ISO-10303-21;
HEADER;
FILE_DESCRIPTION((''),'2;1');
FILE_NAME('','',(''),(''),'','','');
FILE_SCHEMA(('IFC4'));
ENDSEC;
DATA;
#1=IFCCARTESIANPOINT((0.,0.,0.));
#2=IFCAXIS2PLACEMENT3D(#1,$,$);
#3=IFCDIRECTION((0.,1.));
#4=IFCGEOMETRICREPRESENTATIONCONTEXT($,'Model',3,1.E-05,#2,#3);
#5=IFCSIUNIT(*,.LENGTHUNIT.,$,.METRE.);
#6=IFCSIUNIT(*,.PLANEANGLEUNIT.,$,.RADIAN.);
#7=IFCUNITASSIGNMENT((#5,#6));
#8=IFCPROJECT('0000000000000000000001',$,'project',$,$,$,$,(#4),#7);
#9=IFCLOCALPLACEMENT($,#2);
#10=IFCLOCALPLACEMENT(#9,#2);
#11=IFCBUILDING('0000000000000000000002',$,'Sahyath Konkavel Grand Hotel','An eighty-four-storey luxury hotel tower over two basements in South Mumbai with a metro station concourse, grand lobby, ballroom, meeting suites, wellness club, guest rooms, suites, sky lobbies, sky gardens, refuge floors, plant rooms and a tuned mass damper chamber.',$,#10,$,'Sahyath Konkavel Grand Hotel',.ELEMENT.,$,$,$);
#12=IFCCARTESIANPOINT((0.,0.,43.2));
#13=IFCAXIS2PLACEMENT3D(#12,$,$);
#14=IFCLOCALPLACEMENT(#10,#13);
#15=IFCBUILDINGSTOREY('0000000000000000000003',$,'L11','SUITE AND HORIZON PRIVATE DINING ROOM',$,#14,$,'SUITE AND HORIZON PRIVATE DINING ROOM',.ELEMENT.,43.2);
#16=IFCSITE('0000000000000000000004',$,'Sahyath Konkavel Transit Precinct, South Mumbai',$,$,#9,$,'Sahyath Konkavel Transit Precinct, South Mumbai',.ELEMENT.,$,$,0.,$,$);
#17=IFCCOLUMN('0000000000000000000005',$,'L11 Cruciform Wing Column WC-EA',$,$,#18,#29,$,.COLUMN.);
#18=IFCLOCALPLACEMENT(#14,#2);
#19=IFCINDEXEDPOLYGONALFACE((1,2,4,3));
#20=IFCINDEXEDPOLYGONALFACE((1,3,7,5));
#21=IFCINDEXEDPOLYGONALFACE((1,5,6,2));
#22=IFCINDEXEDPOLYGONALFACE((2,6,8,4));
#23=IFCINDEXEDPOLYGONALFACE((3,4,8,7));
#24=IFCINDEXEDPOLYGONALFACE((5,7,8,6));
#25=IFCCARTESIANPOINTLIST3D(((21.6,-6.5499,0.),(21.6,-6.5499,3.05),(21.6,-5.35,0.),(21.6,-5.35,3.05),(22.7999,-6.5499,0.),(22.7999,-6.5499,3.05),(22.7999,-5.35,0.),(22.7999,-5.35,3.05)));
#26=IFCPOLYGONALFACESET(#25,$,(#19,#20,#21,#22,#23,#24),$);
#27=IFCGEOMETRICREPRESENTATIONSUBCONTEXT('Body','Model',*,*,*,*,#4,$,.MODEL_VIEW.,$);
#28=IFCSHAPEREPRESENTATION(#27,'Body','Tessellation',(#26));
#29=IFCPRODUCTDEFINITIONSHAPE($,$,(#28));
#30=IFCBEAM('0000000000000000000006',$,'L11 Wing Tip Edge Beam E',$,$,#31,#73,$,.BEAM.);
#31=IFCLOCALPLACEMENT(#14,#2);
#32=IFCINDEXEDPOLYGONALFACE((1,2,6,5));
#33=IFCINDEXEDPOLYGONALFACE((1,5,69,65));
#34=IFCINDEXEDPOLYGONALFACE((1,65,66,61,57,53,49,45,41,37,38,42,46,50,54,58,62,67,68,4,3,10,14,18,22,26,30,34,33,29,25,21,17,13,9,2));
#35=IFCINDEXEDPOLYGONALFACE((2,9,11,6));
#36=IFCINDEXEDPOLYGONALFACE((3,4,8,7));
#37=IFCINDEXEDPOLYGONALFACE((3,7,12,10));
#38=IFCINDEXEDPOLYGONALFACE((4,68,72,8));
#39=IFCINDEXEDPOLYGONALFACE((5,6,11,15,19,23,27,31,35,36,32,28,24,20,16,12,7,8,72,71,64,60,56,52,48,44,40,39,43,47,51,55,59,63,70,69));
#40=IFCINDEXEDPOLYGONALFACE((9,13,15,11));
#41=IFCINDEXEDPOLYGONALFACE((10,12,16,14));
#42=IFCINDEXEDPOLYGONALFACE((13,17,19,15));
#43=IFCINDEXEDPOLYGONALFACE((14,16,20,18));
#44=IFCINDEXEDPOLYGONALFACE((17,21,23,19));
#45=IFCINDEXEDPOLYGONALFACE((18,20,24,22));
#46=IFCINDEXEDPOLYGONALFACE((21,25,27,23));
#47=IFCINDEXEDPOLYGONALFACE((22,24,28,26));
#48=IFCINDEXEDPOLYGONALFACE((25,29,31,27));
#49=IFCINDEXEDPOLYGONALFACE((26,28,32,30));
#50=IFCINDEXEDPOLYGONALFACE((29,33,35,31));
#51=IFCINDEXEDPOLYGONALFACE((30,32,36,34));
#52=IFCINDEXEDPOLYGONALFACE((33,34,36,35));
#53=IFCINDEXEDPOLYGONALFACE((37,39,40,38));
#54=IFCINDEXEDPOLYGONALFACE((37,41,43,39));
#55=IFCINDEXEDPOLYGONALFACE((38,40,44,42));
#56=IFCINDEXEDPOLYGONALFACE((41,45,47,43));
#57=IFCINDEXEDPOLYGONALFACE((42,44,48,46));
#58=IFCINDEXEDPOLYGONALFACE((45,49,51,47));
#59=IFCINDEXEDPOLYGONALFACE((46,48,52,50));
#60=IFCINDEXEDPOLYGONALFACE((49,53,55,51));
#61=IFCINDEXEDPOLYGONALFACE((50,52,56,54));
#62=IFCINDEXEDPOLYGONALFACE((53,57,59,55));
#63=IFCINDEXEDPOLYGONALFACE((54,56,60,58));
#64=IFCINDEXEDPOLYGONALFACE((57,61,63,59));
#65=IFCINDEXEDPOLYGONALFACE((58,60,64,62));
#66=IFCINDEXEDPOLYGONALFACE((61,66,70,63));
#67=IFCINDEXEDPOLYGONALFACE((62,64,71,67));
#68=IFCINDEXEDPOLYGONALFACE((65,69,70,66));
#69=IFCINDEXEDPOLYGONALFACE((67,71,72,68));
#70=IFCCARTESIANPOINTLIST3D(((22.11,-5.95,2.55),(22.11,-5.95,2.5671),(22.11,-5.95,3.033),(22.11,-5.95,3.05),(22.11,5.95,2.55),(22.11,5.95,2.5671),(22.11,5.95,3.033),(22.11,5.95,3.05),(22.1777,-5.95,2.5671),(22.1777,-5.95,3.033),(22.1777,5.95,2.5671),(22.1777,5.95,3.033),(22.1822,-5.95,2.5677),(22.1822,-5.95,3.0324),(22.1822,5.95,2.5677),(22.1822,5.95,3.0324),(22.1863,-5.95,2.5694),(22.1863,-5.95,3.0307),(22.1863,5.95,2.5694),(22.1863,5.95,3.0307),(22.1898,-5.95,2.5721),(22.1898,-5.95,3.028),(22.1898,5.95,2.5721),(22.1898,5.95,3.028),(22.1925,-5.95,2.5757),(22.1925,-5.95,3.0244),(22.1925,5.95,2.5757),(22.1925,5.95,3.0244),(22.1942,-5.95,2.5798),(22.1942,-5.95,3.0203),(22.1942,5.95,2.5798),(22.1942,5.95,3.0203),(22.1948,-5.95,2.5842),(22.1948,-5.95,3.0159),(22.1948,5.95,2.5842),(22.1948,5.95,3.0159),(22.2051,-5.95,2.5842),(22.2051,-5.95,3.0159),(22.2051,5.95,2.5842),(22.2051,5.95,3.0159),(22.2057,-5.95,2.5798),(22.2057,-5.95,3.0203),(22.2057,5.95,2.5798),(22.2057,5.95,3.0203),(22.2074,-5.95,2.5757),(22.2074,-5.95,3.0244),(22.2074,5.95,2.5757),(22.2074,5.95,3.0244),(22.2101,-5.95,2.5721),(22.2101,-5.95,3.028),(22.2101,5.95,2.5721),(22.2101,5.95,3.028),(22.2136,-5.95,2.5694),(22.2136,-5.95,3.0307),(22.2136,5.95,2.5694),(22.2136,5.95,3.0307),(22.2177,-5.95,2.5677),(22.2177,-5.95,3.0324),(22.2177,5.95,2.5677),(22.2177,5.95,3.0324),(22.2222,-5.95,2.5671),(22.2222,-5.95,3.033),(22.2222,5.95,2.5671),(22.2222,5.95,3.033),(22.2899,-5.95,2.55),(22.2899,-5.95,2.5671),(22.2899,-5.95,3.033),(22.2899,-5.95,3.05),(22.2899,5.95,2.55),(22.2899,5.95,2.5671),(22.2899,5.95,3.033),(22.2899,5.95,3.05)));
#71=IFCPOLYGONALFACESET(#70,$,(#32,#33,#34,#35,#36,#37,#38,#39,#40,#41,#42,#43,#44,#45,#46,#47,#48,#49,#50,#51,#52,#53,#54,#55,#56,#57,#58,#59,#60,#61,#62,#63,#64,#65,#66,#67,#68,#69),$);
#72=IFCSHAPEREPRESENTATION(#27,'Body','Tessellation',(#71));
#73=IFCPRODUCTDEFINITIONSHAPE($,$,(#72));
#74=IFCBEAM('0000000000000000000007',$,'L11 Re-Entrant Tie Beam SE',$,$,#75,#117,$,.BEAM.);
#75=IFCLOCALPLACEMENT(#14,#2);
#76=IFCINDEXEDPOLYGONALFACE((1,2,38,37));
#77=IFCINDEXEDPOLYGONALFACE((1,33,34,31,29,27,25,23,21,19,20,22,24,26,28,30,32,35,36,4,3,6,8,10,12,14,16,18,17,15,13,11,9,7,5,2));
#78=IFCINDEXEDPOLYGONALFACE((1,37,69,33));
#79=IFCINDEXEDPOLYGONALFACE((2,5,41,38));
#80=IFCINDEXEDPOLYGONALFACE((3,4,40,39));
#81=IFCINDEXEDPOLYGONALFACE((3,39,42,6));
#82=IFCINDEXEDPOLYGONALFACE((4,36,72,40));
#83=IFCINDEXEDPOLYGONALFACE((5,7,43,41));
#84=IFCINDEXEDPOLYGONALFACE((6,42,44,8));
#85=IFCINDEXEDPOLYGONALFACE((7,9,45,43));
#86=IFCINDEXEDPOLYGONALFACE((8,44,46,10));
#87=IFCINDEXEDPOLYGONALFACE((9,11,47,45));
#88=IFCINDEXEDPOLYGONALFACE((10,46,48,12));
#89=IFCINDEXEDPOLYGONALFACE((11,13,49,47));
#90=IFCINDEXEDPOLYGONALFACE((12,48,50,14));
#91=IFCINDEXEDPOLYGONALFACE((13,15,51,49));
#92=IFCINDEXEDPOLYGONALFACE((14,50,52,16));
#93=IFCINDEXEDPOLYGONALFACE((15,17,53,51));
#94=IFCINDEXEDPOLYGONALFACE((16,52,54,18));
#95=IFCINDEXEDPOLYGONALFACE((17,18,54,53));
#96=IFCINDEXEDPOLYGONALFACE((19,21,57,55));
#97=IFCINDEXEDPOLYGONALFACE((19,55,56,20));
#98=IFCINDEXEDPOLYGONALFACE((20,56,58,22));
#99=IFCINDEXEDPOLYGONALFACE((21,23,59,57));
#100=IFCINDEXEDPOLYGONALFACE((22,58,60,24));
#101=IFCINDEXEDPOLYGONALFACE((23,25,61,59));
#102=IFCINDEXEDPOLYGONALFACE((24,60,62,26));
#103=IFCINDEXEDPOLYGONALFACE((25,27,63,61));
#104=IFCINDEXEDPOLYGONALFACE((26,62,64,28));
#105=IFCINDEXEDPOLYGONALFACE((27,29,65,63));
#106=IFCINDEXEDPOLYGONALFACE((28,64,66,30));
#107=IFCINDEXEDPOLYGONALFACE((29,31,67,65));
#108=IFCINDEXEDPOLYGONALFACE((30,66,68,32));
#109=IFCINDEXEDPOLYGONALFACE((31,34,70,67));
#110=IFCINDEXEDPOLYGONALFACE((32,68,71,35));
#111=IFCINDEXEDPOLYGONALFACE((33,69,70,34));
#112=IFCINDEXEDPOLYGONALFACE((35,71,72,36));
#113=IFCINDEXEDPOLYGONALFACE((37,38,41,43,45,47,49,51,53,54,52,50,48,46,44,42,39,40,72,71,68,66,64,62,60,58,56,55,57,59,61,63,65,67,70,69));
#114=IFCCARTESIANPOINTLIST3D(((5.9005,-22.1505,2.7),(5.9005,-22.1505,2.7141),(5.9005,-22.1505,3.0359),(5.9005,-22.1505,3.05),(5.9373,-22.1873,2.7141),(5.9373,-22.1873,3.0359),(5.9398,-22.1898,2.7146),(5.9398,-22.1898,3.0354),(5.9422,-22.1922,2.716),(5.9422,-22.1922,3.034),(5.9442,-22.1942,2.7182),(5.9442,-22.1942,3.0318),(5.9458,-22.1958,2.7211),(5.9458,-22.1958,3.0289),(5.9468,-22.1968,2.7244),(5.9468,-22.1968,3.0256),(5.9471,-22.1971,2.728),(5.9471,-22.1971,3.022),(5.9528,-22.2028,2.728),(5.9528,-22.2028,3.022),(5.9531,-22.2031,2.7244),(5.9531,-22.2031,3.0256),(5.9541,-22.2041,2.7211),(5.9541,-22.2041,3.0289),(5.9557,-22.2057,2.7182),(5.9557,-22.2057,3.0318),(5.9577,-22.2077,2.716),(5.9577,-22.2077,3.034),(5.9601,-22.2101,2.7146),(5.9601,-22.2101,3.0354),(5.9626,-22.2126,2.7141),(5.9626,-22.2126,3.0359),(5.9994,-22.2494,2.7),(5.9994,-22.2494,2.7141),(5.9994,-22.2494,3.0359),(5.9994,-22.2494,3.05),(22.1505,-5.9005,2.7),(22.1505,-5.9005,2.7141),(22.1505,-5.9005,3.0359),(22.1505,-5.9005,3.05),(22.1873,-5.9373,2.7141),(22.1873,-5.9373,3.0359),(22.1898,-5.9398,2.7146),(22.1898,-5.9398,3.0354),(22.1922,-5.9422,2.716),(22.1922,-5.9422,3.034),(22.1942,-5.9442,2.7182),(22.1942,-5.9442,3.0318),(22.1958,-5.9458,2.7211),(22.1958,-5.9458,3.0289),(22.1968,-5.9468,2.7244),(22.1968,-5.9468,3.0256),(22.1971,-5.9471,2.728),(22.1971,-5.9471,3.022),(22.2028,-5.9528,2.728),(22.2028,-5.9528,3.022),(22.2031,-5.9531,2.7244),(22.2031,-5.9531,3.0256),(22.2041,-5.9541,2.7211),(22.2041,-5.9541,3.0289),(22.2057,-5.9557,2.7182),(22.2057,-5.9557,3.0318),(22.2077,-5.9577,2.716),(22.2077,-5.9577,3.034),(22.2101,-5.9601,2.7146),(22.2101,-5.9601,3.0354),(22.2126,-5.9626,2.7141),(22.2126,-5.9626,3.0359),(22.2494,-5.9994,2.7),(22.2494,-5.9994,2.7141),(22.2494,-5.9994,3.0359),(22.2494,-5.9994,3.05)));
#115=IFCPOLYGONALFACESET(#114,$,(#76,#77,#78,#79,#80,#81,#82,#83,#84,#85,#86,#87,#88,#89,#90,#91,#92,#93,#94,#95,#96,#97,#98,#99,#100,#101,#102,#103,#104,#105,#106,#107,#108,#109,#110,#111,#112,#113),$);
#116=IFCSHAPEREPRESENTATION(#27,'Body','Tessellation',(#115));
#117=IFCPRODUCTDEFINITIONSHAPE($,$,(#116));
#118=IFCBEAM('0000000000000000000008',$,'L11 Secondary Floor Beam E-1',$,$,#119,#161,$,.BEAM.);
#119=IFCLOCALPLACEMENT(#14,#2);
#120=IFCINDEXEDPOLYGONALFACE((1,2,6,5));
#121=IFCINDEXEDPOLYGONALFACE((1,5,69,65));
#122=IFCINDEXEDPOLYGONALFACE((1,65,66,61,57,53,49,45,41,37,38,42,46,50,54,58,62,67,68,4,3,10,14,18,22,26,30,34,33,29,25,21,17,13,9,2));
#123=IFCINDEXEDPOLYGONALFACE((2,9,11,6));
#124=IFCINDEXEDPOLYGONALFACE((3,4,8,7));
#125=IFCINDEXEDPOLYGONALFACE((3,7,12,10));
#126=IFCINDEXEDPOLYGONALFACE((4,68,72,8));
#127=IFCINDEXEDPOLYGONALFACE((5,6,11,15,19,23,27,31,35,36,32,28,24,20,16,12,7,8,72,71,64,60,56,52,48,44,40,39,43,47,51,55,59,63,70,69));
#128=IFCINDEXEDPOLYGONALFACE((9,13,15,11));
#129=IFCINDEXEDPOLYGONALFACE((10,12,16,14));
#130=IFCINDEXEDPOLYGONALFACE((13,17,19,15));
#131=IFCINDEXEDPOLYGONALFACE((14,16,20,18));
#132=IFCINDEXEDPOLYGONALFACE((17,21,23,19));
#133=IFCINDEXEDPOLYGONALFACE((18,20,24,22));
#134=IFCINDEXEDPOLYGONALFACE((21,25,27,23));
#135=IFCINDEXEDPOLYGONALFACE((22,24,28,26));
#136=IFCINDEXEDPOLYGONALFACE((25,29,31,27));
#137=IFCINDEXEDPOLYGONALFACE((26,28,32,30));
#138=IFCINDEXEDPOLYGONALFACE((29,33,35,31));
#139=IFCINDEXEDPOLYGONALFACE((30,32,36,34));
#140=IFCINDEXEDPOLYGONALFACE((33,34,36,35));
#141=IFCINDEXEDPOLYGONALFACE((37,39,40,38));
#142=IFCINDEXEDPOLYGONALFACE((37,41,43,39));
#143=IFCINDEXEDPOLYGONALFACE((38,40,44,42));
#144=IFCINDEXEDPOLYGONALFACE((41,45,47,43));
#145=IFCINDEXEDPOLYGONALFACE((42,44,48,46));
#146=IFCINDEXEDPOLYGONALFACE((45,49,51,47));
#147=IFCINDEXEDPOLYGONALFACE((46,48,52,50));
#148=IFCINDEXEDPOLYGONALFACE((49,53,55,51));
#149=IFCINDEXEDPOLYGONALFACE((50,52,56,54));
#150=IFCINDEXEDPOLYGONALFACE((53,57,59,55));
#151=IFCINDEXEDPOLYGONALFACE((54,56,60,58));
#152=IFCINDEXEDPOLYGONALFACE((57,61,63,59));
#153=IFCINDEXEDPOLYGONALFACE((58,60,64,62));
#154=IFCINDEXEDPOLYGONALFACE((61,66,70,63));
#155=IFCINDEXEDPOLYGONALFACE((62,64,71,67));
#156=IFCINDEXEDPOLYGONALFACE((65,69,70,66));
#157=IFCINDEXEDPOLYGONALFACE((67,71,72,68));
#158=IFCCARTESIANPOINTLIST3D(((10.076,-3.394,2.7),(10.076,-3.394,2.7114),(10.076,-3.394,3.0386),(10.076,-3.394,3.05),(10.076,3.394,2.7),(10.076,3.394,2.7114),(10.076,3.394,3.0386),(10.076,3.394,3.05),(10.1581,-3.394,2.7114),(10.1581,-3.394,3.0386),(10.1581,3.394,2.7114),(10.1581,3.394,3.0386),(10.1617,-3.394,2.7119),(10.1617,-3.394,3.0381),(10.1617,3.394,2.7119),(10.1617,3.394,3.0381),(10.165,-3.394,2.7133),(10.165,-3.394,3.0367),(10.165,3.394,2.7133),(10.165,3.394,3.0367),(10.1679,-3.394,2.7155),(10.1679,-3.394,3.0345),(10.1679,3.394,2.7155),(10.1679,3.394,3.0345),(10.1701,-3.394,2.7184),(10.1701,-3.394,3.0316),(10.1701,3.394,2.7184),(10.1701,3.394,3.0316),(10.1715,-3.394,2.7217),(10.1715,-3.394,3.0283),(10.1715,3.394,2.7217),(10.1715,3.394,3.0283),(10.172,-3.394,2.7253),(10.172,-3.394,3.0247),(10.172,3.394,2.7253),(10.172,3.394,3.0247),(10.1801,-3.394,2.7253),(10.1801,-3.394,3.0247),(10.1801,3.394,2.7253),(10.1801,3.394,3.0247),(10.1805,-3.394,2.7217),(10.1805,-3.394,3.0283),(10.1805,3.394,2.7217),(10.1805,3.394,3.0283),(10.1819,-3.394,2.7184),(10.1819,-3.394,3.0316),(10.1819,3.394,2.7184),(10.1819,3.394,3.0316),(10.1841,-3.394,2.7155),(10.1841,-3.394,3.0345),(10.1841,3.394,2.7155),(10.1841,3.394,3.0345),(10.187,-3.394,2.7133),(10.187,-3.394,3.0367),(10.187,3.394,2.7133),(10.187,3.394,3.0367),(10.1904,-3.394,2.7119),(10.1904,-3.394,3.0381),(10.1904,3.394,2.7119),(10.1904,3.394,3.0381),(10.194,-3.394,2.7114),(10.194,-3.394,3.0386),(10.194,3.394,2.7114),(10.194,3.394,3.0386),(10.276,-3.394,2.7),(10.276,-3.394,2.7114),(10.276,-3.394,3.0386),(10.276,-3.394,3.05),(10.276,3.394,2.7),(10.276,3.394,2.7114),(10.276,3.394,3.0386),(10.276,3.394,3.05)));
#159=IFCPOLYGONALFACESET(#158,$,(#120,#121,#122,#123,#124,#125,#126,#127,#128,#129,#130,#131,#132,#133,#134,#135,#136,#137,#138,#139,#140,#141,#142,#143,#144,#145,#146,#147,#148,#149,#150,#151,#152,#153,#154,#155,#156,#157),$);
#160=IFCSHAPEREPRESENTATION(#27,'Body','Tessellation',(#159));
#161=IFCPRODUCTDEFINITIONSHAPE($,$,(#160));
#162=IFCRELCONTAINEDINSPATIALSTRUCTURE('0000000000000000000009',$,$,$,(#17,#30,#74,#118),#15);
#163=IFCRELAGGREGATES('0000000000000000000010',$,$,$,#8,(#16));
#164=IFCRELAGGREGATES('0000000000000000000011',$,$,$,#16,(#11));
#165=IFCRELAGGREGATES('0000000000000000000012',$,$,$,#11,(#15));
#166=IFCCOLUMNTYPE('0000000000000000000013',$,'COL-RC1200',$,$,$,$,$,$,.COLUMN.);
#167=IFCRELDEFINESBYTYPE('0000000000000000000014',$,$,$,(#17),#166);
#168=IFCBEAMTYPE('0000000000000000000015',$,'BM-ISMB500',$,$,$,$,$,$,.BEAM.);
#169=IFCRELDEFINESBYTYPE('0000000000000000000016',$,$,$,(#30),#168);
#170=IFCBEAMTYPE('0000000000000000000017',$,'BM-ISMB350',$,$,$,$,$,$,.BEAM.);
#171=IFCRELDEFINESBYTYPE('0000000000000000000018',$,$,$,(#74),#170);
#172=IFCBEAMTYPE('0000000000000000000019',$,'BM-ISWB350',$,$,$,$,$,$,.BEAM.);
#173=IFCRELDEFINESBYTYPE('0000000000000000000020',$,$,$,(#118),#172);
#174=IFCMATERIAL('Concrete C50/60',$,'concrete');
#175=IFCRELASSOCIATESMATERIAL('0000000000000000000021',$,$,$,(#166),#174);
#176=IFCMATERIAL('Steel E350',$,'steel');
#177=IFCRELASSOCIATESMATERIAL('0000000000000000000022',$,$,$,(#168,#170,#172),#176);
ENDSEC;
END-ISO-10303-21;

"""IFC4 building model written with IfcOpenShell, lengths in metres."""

from ifc_helpers import new_model, si_unit, direction, frame, origin, origin_2d, place, context, subcontext, project, spatial, rectangle, i_section, extrude, source, transform, mapped, material, material_profile, profile_set, type_object, element, save


model = new_model("IFC4")

# Units and contexts
model_context = context("Model", 3, precision=1e-05, world=origin(), true_north=direction((0.0, 1.0)))
body_context = subcontext(model_context, "Body", "Model", "MODEL_VIEW")
ifc_project = project(units=[si_unit("LENGTHUNIT", "METRE"), si_unit("PLANEANGLEUNIT", "RADIAN")], contexts=[model_context])

# Site, building, storey
site_placement = place(None, origin())
site = spatial("IfcSite", under=ifc_project, at=site_placement, Name="Sahyath Konkavel Transit Precinct, South Mumbai", LongName="Sahyath Konkavel Transit Precinct, South Mumbai", CompositionType="ELEMENT", RefElevation=0.0)
building_placement = place(site_placement, origin())
building = spatial("IfcBuilding", under=site, at=building_placement, Name="Sahyath Konkavel Grand Hotel", Description="An eighty-four-storey luxury hotel tower over two basements in South Mumbai with a metro station concourse, grand lobby, ballroom, meeting suites, wellness club, guest rooms, suites, sky lobbies, sky gardens, refuge floors, plant rooms and a tuned mass damper chamber.", LongName="Sahyath Konkavel Grand Hotel", CompositionType="ELEMENT")
storey_placement = place(building_placement, frame((0.0, 0.0, 43.2)))
storey = spatial("IfcBuildingStorey", under=building, at=storey_placement, Name="L11", Description="SUITE AND HORIZON PRIVATE DINING ROOM", LongName="SUITE AND HORIZON PRIVATE DINING ROOM", CompositionType="ELEMENT", Elevation=43.2)

# Column
ifc_material_1 = material(Name="Concrete C50/60", Category="concrete")
ifc_material_profile_1 = material_profile(ifc_material_1, rectangle(XDim=1.2, YDim=1.2, at=origin_2d()), Name="RC 1200x1200")
ifc_profile_set_1 = profile_set([ifc_material_profile_1], Name="Concrete C50/60")
column_type = type_object("IfcColumnType", Name="COL-RC1200", PredefinedType="COLUMN", material=ifc_profile_set_1)
shared_shape_1 = source(origin(), body_context, "Body", "SweptSolid", [
    extrude(rectangle(XDim=1.2, YDim=1.2, at=origin_2d()), origin(), (0.0, 0.0, 1.0), 3.05),
])
column_placement = place(storey_placement, frame((22.2, -5.95, 0.0), z_axis=(0.0, 0.0, 1.0), x_axis=(1.0, 0.0, 0.0)))
element("IfcColumn", 1, at=column_placement, inside=storey, type_object=column_type, Name="L11 Cruciform Wing Column WC-EA", PredefinedType="COLUMN", context=body_context, shape_type="MappedRepresentation", body=[
    mapped(shared_shape_1, transform((0.0, 0.0, 0.0), scale=1.0)),
])

# Beams
ifc_material_2 = material(Name="Steel E350", Category="steel")
ifc_material_profile_2 = material_profile(ifc_material_2, i_section(OverallWidth=0.1799, OverallDepth=0.5, WebThickness=0.0103, FlangeThickness=0.0171, FilletRadius=0.0171, at=origin_2d()), Name="ISMB 500")
ifc_profile_set_2 = profile_set([ifc_material_profile_2], Name="Steel E350")
beam_type_1 = type_object("IfcBeamType", Name="BM-ISMB500", PredefinedType="BEAM", material=ifc_profile_set_2)
shared_shape_2 = source(origin(), body_context, "Body", "SweptSolid", [
    extrude(i_section(OverallWidth=0.1799, OverallDepth=0.5, WebThickness=0.0103, FlangeThickness=0.0171, FilletRadius=0.0171, at=origin_2d()), origin(), (0.0, 0.0, 1.0), 11.8999),
])
beam_1_placement = place(storey_placement, frame((22.2, -5.95, 2.8), z_axis=(0.0, 1.0, 0.0), x_axis=(-1.0, 0.0, 0.0)))
element("IfcBeam", 2, at=beam_1_placement, inside=storey, type_object=beam_type_1, Name="L11 Wing Tip Edge Beam E", PredefinedType="BEAM", context=body_context, shape_type="MappedRepresentation", body=[
    mapped(shared_shape_2, transform((0.0, 0.0, 0.0), scale=1.0)),
])
ifc_material_profile_3 = material_profile(ifc_material_2, i_section(OverallWidth=0.1399, OverallDepth=0.3501, WebThickness=0.0081, FlangeThickness=0.0142, FilletRadius=0.0139, at=origin_2d()), Name="ISMB 350")
ifc_profile_set_3 = profile_set([ifc_material_profile_3], Name="Steel E350")
beam_type_2 = type_object("IfcBeamType", Name="BM-ISMB350", PredefinedType="BEAM", material=ifc_profile_set_3)
shared_shape_3 = source(origin(), body_context, "Body", "SweptSolid", [
    extrude(i_section(OverallWidth=0.1399, OverallDepth=0.3501, WebThickness=0.0081, FlangeThickness=0.0142, FilletRadius=0.0139, at=origin_2d()), origin(), (0.0, 0.0, 1.0), 22.981),
])
beam_2_placement = place(storey_placement, frame((22.2, -5.95, 2.875), z_axis=(-0.707107, -0.707107, 0.0), x_axis=(0.707107, -0.707107, 0.0)))
element("IfcBeam", 3, at=beam_2_placement, inside=storey, type_object=beam_type_2, Name="L11 Re-Entrant Tie Beam SE", PredefinedType="BEAM", context=body_context, shape_type="MappedRepresentation", body=[
    mapped(shared_shape_3, transform((0.0, 0.0, 0.0), scale=1.0)),
])
ifc_material_profile_4 = material_profile(ifc_material_2, i_section(OverallWidth=0.2, OverallDepth=0.3501, WebThickness=0.0081, FlangeThickness=0.0115, FilletRadius=0.0139, at=origin_2d()), Name="ISWB 350")
ifc_profile_set_4 = profile_set([ifc_material_profile_4], Name="Steel E350")
beam_type_3 = type_object("IfcBeamType", Name="BM-ISWB350", PredefinedType="BEAM", material=ifc_profile_set_4)
shared_shape_4 = source(origin(), body_context, "Body", "SweptSolid", [
    extrude(i_section(OverallWidth=0.2, OverallDepth=0.3501, WebThickness=0.0081, FlangeThickness=0.0115, FilletRadius=0.0139, at=origin_2d()), origin(), (0.0, 0.0, 1.0), 6.7881),
])
beam_3_placement = place(storey_placement, frame((10.176, -3.394, 2.875), z_axis=(0.0, 1.0, 0.0), x_axis=(-1.0, 0.0, 0.0)))
element("IfcBeam", 4, at=beam_3_placement, inside=storey, type_object=beam_type_3, Name="L11 Secondary Floor Beam E-1", PredefinedType="BEAM", context=body_context, shape_type="MappedRepresentation", body=[
    mapped(shared_shape_4, transform((0.0, 0.0, 0.0), scale=1.0)),
])

save(model, "model.ifc")
